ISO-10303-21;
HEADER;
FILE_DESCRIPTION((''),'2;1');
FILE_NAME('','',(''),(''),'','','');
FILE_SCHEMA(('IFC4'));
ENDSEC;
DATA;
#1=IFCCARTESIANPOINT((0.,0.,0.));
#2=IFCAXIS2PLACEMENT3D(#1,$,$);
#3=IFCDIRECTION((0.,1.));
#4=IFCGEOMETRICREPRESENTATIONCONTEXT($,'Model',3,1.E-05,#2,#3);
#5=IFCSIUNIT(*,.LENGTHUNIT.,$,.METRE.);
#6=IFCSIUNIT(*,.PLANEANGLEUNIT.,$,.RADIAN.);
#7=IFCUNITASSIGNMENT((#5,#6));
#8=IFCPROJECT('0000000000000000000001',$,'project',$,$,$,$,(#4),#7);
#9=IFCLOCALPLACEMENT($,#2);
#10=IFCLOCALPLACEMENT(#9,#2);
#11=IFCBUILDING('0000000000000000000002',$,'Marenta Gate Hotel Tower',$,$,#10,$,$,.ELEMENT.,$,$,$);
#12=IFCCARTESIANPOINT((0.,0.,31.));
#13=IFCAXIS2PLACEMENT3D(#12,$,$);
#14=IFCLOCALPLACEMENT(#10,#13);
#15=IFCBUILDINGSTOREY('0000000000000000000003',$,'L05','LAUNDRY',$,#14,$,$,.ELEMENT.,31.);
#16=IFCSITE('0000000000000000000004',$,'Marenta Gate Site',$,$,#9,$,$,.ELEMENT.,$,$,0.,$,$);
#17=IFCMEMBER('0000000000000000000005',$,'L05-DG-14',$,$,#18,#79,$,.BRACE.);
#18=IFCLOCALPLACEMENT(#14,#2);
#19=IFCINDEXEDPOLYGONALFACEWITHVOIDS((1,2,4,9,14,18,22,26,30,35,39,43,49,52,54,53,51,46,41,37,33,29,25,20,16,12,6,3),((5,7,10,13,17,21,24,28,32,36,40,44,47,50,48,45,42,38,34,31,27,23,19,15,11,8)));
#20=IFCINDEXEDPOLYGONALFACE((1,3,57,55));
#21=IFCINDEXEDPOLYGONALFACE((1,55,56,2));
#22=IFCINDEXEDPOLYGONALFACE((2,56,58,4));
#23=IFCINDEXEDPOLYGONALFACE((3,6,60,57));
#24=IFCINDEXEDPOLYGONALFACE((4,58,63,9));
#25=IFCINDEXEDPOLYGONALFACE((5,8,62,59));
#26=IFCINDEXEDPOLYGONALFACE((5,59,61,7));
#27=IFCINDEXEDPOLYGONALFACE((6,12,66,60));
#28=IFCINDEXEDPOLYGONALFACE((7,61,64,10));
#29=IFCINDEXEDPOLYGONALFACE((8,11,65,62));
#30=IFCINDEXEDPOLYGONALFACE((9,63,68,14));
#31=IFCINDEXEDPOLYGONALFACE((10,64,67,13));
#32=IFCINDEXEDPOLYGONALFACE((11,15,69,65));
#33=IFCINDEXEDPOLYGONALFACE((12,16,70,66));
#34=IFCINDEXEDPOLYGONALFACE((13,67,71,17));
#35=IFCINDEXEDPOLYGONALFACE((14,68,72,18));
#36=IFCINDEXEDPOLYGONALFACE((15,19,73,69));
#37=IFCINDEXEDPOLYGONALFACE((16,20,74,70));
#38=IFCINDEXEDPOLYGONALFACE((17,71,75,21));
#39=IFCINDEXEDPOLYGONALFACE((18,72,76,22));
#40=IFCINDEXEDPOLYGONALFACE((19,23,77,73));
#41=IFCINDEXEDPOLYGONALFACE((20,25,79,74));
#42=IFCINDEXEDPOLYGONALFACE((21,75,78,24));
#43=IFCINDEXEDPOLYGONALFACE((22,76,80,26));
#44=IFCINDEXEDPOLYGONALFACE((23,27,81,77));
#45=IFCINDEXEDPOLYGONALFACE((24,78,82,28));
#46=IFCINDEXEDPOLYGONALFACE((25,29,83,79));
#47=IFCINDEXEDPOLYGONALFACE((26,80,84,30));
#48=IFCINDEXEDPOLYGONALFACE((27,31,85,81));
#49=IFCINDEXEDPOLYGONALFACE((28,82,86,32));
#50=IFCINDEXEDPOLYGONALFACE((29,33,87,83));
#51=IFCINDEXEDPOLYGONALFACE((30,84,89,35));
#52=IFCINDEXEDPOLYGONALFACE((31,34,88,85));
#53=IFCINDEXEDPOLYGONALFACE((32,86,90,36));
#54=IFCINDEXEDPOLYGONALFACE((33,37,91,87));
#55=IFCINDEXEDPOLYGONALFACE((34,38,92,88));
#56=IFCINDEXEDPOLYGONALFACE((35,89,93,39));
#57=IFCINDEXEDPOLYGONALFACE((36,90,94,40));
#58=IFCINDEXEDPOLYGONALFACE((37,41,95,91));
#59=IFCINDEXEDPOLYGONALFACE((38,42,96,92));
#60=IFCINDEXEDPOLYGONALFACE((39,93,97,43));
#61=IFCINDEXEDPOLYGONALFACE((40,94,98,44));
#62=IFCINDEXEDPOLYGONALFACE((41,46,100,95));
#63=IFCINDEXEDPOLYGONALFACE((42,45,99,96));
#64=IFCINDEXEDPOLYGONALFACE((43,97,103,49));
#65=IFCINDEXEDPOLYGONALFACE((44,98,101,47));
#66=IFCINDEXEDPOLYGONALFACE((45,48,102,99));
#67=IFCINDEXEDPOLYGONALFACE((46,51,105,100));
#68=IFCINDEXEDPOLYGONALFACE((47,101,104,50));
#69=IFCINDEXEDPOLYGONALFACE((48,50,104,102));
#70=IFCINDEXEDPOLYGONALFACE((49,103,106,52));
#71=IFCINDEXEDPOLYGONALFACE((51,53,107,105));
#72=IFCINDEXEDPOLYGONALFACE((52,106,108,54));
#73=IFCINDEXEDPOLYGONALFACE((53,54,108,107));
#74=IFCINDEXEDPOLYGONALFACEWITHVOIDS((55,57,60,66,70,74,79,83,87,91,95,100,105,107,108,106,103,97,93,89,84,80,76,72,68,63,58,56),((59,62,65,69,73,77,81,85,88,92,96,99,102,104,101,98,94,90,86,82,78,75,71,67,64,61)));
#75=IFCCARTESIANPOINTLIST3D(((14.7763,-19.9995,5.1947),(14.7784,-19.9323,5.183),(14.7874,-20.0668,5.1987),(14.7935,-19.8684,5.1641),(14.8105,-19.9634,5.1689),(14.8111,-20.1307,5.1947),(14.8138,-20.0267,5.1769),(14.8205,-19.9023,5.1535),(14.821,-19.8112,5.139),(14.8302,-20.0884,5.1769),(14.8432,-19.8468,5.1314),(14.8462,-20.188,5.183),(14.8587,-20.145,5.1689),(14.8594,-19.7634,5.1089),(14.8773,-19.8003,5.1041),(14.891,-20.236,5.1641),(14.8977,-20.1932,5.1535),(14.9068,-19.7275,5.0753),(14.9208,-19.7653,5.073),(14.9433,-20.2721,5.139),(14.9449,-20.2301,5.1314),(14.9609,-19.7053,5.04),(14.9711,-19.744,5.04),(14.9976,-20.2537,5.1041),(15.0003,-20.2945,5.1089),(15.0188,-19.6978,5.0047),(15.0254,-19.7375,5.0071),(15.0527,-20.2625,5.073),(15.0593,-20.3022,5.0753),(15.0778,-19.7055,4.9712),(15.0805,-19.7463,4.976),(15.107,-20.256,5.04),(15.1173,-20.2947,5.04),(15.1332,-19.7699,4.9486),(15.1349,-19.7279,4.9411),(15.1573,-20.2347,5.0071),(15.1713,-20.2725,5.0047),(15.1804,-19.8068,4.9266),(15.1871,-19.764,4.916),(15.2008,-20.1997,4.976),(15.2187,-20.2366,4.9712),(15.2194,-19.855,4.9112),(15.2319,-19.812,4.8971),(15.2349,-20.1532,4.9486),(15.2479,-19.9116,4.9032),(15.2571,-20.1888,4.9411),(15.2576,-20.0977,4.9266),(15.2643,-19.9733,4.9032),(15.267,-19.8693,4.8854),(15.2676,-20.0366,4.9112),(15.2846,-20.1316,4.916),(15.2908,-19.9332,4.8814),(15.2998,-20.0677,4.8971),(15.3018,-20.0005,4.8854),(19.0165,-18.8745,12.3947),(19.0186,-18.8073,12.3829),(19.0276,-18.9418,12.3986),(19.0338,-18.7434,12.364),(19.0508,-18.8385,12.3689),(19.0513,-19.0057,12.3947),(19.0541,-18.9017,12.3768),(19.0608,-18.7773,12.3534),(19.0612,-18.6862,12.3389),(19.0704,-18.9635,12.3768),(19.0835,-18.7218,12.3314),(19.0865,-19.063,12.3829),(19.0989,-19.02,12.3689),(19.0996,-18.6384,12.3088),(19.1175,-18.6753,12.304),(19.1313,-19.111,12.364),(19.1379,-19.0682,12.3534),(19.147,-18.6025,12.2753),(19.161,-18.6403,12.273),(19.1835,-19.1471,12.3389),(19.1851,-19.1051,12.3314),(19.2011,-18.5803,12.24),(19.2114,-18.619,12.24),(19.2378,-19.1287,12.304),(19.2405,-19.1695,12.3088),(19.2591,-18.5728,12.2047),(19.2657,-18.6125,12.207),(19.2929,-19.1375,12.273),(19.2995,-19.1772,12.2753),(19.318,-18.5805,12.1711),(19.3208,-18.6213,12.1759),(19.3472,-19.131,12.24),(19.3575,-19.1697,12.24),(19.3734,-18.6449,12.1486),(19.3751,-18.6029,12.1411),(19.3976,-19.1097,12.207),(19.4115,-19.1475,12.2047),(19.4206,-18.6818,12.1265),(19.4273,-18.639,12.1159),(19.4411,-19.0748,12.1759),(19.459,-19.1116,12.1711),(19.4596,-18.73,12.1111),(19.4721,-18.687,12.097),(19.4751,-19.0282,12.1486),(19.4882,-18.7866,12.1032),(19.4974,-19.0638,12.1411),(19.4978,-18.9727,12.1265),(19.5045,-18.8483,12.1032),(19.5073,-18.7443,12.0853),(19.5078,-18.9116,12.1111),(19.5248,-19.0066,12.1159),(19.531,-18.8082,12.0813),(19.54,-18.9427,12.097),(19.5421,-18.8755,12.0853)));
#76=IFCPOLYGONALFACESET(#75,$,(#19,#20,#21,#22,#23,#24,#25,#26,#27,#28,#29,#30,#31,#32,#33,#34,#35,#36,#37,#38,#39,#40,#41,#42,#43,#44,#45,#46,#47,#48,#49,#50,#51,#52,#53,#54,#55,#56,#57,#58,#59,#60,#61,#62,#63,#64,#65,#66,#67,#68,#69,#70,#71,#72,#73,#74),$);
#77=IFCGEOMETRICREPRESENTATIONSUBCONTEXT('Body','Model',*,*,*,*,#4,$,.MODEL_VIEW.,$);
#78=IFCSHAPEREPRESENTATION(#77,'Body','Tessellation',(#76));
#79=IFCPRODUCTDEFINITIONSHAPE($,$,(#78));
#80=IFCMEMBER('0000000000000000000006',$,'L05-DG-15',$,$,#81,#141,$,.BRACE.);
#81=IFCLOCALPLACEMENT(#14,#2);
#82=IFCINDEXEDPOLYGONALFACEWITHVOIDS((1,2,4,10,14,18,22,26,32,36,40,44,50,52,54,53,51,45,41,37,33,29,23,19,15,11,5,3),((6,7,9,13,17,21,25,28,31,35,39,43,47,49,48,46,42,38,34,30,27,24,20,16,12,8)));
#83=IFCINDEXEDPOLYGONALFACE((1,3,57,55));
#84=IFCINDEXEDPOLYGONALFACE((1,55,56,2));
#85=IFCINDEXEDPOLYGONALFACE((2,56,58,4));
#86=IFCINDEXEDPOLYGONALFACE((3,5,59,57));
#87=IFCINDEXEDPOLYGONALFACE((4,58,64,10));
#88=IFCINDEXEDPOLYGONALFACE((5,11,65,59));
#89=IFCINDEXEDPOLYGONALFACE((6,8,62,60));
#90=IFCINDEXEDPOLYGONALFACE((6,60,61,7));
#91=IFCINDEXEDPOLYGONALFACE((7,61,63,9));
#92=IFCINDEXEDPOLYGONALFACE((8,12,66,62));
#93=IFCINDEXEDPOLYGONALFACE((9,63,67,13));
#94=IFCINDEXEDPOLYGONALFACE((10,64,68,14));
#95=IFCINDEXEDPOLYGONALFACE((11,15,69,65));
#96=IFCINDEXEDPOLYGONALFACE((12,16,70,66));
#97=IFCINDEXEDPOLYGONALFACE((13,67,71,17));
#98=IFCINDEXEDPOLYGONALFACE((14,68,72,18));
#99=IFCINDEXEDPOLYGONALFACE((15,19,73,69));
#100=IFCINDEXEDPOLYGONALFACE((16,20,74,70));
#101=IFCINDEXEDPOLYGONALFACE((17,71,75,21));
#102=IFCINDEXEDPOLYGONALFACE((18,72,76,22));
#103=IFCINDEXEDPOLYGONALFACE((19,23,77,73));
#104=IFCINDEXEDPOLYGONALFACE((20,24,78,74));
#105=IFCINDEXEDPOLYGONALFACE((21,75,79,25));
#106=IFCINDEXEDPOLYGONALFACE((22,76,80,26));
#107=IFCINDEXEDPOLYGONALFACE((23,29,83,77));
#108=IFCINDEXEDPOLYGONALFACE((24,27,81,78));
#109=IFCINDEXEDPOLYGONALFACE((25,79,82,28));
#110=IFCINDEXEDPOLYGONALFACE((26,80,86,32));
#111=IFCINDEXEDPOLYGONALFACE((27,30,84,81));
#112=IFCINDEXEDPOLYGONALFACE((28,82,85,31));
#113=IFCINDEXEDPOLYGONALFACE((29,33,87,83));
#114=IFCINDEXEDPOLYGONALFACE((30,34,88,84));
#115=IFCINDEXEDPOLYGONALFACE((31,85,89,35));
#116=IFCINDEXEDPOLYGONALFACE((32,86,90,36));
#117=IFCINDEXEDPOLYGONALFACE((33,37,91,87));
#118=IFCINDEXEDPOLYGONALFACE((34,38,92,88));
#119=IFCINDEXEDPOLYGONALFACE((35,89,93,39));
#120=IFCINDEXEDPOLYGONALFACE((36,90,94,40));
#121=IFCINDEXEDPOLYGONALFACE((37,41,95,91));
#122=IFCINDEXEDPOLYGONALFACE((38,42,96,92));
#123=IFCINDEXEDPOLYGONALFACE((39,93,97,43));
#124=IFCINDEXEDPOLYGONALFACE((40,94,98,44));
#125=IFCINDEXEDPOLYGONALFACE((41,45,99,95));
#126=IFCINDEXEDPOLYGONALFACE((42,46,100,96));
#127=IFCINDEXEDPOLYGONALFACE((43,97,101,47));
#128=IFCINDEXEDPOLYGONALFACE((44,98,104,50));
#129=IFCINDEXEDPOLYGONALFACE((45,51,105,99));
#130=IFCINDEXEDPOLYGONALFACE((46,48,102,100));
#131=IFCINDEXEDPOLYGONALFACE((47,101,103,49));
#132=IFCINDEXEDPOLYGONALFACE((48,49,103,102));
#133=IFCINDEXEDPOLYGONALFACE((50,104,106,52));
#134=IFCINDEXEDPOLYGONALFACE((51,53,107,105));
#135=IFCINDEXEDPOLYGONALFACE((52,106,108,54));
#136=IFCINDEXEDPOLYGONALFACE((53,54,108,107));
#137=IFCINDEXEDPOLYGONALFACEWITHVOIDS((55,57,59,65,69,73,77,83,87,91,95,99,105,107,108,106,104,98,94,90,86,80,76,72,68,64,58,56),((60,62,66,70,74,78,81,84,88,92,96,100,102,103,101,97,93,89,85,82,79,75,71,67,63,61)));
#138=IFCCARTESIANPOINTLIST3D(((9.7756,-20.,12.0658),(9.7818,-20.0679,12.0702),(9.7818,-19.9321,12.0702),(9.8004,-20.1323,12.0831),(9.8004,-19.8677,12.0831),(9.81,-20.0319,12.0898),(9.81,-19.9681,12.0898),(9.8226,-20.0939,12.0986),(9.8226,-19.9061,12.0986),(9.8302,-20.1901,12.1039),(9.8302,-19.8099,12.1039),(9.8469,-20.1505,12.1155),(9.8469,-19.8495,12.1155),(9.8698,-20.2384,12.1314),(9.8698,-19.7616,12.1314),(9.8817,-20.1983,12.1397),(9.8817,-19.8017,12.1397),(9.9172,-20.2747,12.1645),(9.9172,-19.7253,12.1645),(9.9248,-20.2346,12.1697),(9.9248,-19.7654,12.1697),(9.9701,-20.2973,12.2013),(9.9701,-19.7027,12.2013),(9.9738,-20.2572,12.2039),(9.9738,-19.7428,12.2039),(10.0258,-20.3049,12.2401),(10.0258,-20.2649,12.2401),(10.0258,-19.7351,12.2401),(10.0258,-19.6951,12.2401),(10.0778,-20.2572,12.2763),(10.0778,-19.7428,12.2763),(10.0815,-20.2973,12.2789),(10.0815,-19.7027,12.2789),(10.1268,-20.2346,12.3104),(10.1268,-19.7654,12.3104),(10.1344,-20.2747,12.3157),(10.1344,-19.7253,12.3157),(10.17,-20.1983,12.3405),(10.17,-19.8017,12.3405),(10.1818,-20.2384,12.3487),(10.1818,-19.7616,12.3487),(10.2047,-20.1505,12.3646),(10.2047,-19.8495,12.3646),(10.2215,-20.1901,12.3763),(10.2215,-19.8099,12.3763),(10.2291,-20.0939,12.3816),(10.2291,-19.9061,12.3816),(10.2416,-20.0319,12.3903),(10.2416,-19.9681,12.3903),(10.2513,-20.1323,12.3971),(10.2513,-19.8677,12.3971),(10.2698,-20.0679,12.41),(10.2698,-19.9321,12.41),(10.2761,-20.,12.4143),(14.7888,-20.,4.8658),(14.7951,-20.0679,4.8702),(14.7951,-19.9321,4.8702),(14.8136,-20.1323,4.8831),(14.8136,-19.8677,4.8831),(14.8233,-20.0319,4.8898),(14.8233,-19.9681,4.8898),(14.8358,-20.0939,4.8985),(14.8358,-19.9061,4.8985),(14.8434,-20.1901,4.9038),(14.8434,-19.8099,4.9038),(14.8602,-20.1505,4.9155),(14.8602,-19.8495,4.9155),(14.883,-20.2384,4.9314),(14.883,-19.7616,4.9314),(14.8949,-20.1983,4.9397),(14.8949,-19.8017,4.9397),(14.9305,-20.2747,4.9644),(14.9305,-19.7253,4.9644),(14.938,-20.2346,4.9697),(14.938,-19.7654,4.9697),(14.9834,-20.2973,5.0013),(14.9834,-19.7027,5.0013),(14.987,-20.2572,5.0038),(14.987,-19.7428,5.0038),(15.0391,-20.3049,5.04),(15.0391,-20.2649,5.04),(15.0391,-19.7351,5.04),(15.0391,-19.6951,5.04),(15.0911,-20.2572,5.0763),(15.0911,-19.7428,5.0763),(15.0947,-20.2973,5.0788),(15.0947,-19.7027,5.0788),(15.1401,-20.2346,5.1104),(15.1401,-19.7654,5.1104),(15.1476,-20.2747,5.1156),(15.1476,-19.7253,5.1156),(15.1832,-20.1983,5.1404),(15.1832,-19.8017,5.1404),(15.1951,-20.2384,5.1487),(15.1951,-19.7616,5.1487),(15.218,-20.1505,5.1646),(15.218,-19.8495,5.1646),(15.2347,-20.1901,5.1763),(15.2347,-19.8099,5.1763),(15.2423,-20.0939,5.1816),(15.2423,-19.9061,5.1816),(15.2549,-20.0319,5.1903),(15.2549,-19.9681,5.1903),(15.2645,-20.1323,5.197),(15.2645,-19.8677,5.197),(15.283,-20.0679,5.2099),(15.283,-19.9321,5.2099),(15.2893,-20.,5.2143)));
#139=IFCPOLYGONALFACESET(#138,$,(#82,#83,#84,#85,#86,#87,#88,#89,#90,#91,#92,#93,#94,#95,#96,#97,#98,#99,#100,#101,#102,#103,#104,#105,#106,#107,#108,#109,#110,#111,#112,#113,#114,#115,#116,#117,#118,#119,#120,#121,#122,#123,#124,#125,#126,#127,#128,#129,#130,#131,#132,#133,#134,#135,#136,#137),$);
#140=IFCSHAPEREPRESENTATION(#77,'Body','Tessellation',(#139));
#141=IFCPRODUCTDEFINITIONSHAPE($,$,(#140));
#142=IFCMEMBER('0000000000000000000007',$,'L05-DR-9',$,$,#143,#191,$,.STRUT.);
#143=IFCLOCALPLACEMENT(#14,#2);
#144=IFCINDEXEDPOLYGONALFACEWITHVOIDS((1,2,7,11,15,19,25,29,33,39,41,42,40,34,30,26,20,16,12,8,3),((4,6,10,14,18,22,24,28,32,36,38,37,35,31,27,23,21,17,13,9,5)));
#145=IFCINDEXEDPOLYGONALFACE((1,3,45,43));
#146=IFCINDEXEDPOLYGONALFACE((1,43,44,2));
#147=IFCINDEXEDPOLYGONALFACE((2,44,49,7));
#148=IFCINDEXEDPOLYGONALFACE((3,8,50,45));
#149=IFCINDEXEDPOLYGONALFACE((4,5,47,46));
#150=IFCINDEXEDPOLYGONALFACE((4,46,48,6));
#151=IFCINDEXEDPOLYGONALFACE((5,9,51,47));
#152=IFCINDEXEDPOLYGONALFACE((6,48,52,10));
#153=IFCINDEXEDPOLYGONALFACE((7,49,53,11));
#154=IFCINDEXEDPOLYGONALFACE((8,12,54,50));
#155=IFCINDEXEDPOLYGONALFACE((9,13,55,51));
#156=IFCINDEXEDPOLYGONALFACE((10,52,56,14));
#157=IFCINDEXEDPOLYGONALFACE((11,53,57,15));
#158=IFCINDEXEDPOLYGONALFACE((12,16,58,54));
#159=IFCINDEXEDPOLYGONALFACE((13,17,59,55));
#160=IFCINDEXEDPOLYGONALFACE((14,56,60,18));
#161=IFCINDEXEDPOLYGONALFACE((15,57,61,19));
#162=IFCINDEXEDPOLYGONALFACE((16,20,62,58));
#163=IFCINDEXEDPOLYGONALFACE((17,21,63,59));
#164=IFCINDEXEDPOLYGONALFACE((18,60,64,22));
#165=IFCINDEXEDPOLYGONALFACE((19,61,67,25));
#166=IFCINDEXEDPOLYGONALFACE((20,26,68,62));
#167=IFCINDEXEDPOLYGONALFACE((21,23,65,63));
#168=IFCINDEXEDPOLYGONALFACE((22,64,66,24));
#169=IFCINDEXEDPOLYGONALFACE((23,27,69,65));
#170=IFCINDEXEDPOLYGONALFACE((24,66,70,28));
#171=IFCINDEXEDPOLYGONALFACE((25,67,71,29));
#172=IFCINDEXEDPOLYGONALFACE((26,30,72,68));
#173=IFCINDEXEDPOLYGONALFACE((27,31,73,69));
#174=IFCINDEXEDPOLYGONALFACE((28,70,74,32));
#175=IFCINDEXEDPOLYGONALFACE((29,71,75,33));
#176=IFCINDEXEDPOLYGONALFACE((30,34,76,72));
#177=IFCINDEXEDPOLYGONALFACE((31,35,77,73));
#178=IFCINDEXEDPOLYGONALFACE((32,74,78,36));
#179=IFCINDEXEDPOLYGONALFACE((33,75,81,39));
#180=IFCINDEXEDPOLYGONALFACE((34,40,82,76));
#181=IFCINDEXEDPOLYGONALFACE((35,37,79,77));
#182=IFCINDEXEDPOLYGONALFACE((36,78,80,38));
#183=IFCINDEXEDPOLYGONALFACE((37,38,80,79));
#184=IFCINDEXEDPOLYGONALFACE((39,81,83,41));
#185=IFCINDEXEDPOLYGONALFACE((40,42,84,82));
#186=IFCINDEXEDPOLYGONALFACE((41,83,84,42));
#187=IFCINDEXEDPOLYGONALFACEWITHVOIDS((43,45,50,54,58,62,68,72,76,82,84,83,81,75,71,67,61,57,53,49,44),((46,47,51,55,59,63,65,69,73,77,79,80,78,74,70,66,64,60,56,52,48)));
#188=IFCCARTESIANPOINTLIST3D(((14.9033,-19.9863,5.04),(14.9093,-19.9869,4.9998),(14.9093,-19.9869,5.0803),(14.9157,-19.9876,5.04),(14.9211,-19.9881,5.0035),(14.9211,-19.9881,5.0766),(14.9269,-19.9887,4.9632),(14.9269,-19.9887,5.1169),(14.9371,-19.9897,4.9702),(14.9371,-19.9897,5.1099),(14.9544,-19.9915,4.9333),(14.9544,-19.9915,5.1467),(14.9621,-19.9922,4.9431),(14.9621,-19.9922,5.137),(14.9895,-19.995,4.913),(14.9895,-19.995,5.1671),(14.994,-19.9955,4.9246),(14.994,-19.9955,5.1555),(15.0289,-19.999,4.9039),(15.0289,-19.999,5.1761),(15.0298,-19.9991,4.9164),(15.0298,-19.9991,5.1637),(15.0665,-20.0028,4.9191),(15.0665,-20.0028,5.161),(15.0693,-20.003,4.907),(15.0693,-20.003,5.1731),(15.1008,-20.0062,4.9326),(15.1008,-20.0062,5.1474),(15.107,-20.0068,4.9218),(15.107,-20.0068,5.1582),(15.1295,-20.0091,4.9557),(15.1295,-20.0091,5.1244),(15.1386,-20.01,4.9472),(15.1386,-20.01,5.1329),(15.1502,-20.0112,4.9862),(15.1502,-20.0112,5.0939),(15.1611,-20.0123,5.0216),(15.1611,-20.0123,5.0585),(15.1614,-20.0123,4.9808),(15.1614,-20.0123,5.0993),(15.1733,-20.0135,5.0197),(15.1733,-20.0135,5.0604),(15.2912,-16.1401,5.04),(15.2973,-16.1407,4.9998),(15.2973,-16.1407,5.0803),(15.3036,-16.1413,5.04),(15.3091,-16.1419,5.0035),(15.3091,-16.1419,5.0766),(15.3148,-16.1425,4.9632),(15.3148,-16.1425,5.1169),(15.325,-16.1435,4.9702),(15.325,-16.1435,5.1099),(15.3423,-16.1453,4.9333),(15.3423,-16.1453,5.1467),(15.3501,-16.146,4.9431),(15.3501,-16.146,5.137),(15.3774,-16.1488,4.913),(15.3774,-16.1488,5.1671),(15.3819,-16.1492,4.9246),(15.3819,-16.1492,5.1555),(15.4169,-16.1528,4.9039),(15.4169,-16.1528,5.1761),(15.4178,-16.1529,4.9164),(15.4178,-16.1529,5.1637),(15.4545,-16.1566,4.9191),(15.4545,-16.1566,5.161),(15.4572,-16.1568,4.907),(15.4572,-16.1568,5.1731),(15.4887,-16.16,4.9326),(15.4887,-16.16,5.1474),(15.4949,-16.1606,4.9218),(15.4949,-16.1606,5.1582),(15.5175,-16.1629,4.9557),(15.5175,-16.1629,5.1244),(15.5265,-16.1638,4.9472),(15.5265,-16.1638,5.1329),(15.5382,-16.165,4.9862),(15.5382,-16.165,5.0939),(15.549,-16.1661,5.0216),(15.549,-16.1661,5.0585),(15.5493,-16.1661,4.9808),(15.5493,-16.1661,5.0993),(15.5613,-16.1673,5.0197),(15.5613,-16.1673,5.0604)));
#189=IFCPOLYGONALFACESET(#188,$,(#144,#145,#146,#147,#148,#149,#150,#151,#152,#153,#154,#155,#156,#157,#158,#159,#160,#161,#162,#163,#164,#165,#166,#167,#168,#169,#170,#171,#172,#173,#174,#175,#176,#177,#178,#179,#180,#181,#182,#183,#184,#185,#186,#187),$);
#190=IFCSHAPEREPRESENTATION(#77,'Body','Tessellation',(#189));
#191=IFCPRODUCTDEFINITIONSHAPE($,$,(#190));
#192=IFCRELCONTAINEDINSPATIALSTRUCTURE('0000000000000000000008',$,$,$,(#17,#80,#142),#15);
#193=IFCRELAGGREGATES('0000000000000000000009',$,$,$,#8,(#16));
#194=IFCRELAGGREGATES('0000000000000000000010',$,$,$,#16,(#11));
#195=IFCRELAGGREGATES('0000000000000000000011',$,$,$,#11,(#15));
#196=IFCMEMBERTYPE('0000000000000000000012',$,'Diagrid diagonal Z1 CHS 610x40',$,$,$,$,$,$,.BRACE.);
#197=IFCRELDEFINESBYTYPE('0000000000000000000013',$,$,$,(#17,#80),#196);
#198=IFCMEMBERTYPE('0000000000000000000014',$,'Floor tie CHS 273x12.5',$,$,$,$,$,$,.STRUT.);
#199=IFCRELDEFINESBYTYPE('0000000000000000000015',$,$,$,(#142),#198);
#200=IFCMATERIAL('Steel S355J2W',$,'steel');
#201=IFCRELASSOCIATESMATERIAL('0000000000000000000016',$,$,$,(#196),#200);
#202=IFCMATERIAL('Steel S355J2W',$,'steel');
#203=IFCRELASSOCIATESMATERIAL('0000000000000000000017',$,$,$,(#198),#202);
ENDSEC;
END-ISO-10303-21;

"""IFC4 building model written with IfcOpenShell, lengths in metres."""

from ifc_helpers import new_model, si_unit, direction, frame, origin, origin_2d, place, context, subcontext, project, spatial, hollow_circle, extrude, material, material_profile, profile_set, type_object, element, save


model = new_model("IFC4")

# Units and contexts
model_context = context("Model", 3, precision=1e-05, world=origin(), true_north=direction((0.0, 1.0)))
body_context = subcontext(model_context, "Body", "Model", "MODEL_VIEW")
ifc_project = project(units=[si_unit("LENGTHUNIT", "METRE"), si_unit("PLANEANGLEUNIT", "RADIAN")], contexts=[model_context])

# Site, building, storey
site_placement = place(None, origin())
site = spatial("IfcSite", under=ifc_project, at=site_placement, Name="Marenta Gate Site", CompositionType="ELEMENT", RefElevation=0.0)
building_placement = place(site_placement, origin())
building = spatial("IfcBuilding", under=site, at=building_placement, Name="Marenta Gate Hotel Tower", CompositionType="ELEMENT")
storey_placement = place(building_placement, frame((0.0, 0.0, 31.0)))
storey = spatial("IfcBuildingStorey", under=building, at=storey_placement, Name="L05", Description="LAUNDRY", CompositionType="ELEMENT", Elevation=31.0)

# Members
ifc_material_1 = material(Name="Steel S355J2W", Category="steel")
ifc_material_profile_1 = material_profile(ifc_material_1, hollow_circle(Radius=0.3049, WallThickness=0.04, at=origin_2d()), Name="CHS 610x40")
ifc_profile_set_1 = profile_set([ifc_material_profile_1], Name="Steel S355J2W")
member_type_1 = type_object("IfcMemberType", Name="Diagrid diagonal Z1 CHS 610x40", PredefinedType="BRACE", material=ifc_profile_set_1)
member_1_placement = place(storey_placement, frame((15.0391, -20.0, 5.04), z_axis=(0.502924, 0.133434, 0.853969), x_axis=(-0.256443, 0.966559, 0.0)))
element("IfcMember", 1, at=member_1_placement, inside=storey, type_object=member_type_1, Name="L05-DG-14", PredefinedType="BRACE", context=body_context, shape_type="SweptSolid", body=[
    extrude(hollow_circle(Radius=0.3049, WallThickness=0.04, at=origin_2d()), origin(), (0.0, 0.0, 1.0), 8.4312),
])
member_2_placement = place(storey_placement, frame((15.0391, -20.0, 5.04), z_axis=(-0.571412, 0.0, 0.820664), x_axis=(0.0, -1.0, 0.0)))
element("IfcMember", 2, at=member_2_placement, inside=storey, type_object=member_type_1, Name="L05-DG-15", PredefinedType="BRACE", context=body_context, shape_type="SweptSolid", body=[
    extrude(hollow_circle(Radius=0.3049, WallThickness=0.04, at=origin_2d()), origin(), (0.0, 0.0, 1.0), 8.7734),
])
ifc_material_2 = material(Name="Steel S355J2W", Category="steel")
ifc_material_profile_2 = material_profile(ifc_material_2, hollow_circle(Radius=0.1365, WallThickness=0.0125, at=origin_2d()), Name="CHS 273x12.5")
ifc_profile_set_2 = profile_set([ifc_material_profile_2], Name="Steel S355J2W")
member_type_2 = type_object("IfcMemberType", Name="Floor tie CHS 273x12.5", PredefinedType="STRUT", material=ifc_profile_set_2)
member_3_placement = place(storey_placement, frame((15.0391, -20.0, 5.04), z_axis=(0.100354, 0.994952, 0.0), x_axis=(-0.994952, 0.100354, 0.0)))
element("IfcMember", 3, at=member_3_placement, inside=storey, type_object=member_type_2, Name="L05-DR-9", PredefinedType="STRUT", context=body_context, shape_type="SweptSolid", body=[
    extrude(hollow_circle(Radius=0.1365, WallThickness=0.0125, at=origin_2d()), origin(), (0.0, 0.0, 1.0), 3.8657),
])

save(model, "model.ifc")
